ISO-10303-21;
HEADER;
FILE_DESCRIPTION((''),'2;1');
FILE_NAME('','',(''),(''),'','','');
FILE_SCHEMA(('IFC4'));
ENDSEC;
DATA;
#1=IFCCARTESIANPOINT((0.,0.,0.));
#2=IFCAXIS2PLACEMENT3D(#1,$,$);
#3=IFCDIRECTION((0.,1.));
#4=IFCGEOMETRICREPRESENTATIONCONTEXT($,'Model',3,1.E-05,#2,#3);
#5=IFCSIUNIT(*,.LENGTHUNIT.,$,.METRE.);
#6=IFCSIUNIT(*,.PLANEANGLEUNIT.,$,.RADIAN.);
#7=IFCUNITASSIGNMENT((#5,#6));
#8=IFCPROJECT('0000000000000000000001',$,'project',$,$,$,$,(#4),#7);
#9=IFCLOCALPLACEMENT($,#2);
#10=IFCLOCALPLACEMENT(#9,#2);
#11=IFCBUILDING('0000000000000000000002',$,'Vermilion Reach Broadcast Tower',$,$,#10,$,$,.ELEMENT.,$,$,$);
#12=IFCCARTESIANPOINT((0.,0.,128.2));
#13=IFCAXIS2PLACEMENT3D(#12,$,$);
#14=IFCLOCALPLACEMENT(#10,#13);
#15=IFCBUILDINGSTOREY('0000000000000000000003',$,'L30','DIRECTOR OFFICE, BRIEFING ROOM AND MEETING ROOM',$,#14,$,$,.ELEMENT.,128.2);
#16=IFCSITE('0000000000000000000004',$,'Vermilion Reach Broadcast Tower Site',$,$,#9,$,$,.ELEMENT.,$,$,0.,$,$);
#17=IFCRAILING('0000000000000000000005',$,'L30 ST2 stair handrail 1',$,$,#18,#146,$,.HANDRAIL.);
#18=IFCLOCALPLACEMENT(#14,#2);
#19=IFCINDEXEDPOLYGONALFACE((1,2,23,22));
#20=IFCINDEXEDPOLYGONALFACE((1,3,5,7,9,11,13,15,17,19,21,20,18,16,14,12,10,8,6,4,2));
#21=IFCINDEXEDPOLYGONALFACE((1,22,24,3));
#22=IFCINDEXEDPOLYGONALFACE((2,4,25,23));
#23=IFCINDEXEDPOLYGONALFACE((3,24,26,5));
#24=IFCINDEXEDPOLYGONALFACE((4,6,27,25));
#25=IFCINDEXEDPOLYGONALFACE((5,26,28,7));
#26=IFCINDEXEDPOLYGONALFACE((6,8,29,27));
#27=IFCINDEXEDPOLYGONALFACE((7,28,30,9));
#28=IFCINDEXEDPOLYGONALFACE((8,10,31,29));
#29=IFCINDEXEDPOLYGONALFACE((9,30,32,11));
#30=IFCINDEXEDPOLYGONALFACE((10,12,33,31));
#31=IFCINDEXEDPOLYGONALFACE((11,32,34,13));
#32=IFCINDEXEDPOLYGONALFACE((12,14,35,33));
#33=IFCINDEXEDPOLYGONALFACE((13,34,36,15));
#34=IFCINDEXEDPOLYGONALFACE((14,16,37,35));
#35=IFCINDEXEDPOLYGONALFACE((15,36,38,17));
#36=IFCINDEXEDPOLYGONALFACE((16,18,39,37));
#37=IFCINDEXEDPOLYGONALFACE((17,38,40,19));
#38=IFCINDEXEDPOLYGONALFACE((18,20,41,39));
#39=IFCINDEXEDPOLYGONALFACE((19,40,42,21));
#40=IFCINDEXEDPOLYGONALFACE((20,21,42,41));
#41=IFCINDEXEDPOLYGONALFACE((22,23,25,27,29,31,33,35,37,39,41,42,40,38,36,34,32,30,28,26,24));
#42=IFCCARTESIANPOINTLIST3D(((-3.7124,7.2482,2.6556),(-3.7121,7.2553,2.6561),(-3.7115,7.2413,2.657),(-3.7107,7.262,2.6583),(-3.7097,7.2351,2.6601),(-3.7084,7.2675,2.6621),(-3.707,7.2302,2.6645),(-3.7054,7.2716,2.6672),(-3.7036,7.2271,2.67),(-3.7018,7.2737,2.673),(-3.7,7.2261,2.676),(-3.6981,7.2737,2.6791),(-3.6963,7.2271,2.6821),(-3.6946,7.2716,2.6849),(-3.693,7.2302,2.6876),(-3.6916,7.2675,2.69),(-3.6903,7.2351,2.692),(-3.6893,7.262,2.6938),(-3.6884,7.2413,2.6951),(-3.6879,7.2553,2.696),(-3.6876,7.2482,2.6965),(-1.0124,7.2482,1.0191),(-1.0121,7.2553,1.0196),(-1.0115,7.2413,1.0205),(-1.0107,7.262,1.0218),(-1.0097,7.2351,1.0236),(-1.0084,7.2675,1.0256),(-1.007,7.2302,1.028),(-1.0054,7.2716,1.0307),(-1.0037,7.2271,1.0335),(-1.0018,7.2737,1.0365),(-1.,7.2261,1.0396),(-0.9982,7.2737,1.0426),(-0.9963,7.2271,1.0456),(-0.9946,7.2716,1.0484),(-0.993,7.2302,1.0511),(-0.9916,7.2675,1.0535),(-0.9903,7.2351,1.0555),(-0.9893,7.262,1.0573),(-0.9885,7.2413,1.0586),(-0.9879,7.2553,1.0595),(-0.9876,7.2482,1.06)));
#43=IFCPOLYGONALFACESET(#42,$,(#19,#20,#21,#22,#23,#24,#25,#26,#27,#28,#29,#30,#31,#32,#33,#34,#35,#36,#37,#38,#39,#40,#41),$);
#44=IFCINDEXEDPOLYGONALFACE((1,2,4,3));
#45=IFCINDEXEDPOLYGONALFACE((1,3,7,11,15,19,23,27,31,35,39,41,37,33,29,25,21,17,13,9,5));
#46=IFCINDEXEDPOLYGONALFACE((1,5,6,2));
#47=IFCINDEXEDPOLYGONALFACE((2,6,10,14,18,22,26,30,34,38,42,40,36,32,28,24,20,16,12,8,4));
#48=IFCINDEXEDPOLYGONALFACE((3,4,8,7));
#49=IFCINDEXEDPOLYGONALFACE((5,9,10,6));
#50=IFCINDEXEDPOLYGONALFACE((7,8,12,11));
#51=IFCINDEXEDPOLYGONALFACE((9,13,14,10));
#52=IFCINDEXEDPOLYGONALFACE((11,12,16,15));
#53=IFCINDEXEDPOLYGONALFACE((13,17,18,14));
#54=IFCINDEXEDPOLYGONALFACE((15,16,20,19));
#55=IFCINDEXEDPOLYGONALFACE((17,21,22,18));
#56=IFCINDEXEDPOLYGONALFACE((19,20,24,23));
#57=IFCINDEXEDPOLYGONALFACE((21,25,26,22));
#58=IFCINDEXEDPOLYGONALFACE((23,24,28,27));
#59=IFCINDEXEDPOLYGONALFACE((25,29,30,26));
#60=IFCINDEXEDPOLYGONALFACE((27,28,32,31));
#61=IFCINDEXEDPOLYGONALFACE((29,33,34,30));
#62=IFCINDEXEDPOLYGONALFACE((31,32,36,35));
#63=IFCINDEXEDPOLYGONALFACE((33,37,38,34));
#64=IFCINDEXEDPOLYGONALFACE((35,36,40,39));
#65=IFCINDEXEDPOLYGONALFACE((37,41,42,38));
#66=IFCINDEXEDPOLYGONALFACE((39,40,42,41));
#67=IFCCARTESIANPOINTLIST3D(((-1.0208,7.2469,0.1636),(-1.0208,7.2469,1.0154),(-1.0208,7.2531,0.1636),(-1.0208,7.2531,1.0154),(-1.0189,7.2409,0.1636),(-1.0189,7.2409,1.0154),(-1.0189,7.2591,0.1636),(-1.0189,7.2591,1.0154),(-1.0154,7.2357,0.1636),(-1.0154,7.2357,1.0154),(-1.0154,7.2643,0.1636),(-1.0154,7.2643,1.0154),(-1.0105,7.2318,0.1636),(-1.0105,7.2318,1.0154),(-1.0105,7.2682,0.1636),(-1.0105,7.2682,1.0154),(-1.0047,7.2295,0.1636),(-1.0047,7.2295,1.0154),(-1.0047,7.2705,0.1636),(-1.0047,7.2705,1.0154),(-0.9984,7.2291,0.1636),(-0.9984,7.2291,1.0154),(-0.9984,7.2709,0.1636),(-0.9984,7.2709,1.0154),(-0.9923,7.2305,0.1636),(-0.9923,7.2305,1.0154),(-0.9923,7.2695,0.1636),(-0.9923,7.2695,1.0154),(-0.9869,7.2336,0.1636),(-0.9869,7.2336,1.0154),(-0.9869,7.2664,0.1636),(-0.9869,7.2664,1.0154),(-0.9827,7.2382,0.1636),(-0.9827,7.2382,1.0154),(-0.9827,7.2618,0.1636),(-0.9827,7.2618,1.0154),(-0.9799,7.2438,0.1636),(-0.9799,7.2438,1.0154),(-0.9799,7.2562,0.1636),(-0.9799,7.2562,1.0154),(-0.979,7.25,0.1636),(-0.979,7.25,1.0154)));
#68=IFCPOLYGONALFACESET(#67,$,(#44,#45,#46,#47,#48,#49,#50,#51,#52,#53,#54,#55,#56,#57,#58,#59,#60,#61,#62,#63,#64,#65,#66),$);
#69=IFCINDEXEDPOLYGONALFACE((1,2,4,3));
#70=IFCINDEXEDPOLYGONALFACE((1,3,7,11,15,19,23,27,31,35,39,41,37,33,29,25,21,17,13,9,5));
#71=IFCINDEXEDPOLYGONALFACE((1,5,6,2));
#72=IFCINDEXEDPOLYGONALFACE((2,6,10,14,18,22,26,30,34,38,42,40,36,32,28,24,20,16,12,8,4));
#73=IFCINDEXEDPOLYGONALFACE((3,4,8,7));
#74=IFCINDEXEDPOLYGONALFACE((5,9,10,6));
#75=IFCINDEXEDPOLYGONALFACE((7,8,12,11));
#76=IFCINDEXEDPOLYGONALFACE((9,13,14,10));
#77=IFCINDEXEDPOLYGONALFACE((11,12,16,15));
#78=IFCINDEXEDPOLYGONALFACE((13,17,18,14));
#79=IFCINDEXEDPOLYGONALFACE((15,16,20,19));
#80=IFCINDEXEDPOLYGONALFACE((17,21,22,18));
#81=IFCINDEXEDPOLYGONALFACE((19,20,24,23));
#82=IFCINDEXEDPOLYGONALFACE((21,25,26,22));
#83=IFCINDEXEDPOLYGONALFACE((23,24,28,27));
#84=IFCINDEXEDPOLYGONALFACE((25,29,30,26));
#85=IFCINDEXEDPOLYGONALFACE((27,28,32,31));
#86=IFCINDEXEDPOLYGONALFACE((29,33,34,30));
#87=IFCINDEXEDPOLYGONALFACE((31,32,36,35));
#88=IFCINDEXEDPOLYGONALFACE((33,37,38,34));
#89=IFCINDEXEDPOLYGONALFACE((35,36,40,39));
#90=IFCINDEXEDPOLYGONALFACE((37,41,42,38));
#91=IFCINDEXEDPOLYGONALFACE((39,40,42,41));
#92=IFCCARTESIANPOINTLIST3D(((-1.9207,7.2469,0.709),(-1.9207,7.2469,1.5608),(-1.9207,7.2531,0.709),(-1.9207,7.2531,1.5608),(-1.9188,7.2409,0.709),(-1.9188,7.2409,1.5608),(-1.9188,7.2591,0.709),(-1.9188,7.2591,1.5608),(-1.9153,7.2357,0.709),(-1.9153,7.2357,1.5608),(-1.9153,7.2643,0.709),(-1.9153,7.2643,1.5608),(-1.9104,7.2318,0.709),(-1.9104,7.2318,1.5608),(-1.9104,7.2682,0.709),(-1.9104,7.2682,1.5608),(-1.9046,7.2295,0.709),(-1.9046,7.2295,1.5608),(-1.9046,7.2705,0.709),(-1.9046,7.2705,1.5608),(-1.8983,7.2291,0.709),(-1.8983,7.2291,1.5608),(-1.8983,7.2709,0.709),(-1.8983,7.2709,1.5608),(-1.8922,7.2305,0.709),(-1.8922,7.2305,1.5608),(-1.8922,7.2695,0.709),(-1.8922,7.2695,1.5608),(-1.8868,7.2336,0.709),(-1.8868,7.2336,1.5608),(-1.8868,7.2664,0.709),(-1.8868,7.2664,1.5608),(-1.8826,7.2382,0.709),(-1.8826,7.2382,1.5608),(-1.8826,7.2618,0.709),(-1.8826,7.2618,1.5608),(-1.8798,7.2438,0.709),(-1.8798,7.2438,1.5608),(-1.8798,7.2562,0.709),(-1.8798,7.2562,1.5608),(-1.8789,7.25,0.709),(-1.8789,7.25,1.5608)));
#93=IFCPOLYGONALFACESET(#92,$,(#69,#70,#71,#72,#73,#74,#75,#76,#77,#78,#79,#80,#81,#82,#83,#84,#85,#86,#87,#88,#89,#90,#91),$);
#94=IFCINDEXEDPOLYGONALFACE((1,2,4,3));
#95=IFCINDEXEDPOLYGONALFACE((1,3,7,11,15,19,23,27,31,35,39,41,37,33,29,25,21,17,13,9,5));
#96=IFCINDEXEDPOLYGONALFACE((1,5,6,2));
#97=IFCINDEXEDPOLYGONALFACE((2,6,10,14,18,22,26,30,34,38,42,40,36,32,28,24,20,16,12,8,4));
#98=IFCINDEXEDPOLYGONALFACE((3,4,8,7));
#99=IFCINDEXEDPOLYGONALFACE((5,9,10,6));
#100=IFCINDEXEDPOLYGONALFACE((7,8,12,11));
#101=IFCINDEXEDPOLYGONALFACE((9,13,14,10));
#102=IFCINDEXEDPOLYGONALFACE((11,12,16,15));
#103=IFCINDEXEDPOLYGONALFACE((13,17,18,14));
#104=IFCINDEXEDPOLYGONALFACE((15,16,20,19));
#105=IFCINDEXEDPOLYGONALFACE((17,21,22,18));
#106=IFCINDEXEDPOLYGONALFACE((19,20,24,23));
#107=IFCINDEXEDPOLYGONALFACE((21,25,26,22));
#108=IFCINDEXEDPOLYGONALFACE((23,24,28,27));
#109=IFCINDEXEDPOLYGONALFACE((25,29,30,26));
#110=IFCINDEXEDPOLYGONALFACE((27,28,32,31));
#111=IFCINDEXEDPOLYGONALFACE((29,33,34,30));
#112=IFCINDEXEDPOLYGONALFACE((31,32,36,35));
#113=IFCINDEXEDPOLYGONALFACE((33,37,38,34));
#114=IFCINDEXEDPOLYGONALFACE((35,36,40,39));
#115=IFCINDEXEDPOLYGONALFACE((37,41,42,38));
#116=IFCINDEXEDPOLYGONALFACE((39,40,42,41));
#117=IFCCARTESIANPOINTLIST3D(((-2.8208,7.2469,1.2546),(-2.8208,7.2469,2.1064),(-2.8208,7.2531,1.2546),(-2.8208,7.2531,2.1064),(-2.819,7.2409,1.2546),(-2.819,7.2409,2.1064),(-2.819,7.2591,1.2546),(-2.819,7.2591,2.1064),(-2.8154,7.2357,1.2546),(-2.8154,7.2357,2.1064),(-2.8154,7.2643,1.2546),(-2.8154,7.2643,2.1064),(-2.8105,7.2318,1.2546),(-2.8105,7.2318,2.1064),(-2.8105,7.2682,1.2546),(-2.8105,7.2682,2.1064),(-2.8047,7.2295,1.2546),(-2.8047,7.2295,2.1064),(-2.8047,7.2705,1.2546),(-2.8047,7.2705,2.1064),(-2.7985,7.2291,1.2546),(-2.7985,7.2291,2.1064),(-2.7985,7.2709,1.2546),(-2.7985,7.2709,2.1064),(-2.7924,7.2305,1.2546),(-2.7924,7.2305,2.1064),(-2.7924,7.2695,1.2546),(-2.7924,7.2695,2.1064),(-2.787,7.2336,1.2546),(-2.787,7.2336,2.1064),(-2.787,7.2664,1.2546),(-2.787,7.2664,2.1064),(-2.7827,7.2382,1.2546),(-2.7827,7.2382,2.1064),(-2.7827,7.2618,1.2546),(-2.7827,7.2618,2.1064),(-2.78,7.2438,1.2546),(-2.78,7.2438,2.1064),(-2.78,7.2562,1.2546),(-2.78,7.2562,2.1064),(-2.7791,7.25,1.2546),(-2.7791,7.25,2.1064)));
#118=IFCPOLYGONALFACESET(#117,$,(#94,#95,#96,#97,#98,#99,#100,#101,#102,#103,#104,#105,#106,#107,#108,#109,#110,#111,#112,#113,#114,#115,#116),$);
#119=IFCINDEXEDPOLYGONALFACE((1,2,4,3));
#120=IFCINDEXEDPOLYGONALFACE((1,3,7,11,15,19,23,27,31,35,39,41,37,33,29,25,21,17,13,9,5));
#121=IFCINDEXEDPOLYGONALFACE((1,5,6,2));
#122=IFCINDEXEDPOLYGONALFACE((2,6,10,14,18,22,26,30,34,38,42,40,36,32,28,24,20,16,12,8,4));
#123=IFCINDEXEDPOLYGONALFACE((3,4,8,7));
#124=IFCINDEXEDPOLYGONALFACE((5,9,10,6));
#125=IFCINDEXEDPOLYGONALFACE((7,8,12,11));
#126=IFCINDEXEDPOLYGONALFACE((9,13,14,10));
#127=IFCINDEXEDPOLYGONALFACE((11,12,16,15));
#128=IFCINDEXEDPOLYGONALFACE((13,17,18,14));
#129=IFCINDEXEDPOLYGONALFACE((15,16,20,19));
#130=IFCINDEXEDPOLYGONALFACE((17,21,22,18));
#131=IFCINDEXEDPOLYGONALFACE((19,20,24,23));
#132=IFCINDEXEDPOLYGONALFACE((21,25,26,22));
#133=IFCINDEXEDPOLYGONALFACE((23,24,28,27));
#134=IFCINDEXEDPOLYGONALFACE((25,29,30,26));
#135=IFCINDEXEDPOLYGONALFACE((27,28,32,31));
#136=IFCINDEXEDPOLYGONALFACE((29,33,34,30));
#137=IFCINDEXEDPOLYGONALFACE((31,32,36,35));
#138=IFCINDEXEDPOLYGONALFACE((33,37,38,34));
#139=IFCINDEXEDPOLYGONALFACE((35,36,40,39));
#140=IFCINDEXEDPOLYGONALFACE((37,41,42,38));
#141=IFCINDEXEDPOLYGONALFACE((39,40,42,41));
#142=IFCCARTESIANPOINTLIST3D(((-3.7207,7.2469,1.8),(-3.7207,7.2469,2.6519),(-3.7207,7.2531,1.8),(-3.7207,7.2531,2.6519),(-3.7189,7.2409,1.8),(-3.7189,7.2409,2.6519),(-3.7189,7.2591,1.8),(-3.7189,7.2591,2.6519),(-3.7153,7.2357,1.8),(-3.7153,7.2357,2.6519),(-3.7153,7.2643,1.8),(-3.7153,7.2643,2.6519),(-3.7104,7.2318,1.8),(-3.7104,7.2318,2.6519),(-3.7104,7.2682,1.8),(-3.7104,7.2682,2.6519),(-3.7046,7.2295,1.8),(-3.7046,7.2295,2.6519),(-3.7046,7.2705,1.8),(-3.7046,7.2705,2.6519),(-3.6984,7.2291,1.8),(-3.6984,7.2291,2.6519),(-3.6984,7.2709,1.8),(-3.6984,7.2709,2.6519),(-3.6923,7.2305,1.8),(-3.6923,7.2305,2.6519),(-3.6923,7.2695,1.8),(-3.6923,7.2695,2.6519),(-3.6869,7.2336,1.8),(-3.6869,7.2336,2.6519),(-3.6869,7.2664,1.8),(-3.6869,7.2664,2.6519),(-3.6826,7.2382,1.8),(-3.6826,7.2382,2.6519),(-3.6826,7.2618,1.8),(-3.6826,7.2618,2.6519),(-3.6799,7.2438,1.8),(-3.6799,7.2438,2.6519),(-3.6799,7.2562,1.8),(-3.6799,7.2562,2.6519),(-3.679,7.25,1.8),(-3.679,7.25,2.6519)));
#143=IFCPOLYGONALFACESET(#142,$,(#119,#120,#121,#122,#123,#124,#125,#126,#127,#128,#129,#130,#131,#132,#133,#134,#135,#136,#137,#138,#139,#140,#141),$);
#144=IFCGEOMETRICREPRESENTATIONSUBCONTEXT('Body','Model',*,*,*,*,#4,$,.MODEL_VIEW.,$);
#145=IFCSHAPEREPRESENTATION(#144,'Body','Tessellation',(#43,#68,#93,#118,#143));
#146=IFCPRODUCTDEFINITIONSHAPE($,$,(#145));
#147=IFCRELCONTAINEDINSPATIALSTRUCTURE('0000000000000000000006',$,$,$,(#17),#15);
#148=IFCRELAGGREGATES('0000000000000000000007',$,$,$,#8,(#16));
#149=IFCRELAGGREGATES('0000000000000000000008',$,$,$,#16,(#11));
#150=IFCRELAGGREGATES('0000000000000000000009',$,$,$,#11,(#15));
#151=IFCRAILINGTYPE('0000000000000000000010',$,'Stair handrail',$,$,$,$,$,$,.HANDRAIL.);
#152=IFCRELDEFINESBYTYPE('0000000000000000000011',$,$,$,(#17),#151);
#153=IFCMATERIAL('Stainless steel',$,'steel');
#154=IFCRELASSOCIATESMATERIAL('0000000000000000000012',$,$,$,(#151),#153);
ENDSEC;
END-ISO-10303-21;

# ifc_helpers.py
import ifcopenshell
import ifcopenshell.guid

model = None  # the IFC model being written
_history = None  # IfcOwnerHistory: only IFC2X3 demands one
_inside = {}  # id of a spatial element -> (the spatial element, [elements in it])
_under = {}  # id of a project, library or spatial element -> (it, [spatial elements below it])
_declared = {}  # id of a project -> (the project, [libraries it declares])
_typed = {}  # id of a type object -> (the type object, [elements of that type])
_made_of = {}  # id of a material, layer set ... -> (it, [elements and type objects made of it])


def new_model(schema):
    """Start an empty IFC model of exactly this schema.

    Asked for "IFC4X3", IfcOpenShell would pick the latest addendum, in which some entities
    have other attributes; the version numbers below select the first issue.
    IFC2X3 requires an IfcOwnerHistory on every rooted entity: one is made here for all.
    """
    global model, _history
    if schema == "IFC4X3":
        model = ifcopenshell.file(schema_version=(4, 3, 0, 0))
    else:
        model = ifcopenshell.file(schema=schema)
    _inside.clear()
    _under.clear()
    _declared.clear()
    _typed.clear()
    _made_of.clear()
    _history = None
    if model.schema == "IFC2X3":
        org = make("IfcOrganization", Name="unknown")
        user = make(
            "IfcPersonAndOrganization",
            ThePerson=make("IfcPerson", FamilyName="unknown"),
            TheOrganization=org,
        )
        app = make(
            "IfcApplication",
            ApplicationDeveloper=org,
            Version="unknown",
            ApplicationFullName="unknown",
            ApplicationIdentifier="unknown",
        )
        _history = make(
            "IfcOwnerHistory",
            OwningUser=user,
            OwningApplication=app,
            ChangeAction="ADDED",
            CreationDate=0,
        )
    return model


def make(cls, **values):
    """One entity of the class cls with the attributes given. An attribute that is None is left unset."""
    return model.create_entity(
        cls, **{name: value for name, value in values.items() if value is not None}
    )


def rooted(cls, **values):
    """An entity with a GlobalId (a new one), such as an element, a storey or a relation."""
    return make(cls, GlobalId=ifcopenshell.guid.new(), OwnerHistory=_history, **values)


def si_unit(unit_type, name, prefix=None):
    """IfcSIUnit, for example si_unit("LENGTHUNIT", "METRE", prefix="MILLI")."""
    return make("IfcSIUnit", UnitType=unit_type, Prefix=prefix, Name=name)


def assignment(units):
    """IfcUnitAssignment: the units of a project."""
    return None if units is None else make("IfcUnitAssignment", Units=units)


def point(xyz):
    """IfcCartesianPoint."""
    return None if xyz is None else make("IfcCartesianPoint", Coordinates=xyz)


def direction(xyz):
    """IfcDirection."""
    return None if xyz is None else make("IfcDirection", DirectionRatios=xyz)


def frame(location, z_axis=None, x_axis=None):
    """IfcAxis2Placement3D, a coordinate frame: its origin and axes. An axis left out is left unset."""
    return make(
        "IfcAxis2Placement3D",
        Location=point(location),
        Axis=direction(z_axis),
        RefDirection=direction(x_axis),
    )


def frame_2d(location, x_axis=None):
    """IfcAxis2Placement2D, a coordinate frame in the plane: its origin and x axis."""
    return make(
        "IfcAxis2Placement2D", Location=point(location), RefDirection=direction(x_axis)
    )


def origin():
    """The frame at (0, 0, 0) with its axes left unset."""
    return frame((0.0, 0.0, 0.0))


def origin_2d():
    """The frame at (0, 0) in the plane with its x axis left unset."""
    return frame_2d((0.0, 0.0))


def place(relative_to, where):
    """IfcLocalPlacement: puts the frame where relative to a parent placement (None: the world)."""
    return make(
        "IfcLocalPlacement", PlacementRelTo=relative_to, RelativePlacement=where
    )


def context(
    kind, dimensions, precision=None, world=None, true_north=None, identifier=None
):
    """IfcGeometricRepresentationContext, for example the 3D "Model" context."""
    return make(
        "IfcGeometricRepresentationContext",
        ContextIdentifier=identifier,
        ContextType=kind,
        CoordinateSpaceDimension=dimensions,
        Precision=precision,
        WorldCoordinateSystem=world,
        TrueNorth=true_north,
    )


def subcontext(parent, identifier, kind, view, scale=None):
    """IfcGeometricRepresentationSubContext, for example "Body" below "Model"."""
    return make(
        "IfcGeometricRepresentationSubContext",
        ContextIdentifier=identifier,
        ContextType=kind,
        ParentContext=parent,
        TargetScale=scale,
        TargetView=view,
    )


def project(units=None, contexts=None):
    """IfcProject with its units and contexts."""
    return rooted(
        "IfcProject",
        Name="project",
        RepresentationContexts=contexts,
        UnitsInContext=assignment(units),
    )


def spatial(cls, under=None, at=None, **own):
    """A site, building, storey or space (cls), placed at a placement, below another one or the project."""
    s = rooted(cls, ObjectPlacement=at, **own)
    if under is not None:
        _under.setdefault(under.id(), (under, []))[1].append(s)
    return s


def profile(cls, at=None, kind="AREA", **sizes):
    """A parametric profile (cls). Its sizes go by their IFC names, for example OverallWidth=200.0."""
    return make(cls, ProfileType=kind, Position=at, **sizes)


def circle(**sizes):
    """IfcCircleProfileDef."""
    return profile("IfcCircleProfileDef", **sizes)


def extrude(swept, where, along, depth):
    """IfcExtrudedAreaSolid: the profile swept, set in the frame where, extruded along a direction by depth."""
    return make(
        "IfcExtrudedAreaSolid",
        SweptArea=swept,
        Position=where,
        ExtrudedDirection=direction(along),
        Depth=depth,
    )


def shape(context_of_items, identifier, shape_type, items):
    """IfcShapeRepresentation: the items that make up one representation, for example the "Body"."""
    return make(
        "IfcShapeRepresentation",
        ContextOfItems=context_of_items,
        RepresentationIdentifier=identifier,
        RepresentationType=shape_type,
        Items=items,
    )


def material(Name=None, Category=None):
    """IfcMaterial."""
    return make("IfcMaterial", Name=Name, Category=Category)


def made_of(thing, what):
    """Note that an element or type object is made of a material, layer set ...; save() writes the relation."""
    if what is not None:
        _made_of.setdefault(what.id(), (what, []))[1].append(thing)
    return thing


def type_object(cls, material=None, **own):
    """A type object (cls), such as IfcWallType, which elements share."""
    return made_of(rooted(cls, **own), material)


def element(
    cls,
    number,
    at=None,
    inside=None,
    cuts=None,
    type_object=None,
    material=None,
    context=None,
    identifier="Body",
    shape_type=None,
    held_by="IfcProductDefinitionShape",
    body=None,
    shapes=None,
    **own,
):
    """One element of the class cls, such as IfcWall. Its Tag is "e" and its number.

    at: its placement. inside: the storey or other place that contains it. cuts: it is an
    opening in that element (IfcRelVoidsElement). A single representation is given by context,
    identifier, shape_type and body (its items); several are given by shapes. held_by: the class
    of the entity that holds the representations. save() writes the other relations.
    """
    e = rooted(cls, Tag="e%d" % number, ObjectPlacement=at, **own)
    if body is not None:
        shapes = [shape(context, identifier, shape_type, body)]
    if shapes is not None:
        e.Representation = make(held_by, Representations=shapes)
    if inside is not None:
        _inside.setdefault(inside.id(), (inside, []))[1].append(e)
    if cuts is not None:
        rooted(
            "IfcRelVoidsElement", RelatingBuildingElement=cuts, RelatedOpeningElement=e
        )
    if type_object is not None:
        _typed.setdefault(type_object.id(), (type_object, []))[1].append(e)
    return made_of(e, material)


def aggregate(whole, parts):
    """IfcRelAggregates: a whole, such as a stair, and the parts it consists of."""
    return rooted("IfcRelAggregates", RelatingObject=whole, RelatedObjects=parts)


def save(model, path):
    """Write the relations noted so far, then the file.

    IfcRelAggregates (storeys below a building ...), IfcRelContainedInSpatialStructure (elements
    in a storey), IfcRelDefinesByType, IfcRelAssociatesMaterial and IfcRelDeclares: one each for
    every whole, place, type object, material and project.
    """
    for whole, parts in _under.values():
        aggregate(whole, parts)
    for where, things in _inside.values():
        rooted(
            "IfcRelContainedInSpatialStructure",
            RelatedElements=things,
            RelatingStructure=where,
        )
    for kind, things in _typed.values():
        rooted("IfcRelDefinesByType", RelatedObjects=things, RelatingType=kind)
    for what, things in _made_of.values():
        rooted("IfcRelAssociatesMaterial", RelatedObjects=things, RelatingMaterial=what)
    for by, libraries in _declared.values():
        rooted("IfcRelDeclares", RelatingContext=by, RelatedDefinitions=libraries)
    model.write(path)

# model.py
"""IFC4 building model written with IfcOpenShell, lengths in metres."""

from ifc_helpers import new_model, si_unit, direction, frame, origin, origin_2d, place, context, subcontext, project, spatial, circle, extrude, material, type_object, element, save


model = new_model("IFC4")

# Units and contexts
model_context = context("Model", 3, precision=1e-05, world=origin(), true_north=direction((0.0, 1.0)))
body_context = subcontext(model_context, "Body", "Model", "MODEL_VIEW")
ifc_project = project(units=[si_unit("LENGTHUNIT", "METRE"), si_unit("PLANEANGLEUNIT", "RADIAN")], contexts=[model_context])

# Site, building, storey
site_placement = place(None, origin())
site = spatial("IfcSite", under=ifc_project, at=site_placement, Name="Vermilion Reach Broadcast Tower Site", CompositionType="ELEMENT", RefElevation=0.0)
building_placement = place(site_placement, origin())
building = spatial("IfcBuilding", under=site, at=building_placement, Name="Vermilion Reach Broadcast Tower", CompositionType="ELEMENT")
storey_placement = place(building_placement, frame((0.0, 0.0, 128.2)))
storey = spatial("IfcBuildingStorey", under=building, at=storey_placement, Name="L30", Description="DIRECTOR OFFICE, BRIEFING ROOM AND MEETING ROOM", CompositionType="ELEMENT", Elevation=128.2)

# Railing
ifc_material_1 = material(Name="Stainless steel", Category="steel")
railing_type_1 = type_object("IfcRailingType", Name="Stair handrail", PredefinedType="HANDRAIL", material=ifc_material_1)
railing_1_placement = place(storey_placement, frame((-1.0, 7.25, 0.1636)))
element("IfcRailing", 1, at=railing_1_placement, inside=storey, type_object=railing_type_1, Name="L30 ST2 stair handrail 1", PredefinedType="HANDRAIL", context=body_context, shape_type="SweptSolid", body=[
    extrude(circle(Radius=0.0239, at=origin_2d()), frame((0.0, 0.0, 0.876), z_axis=(-0.855178, 0.0, 0.518334), x_axis=(0.0, -1.0, 0.0)), (0.0, 0.0, 1.0), 3.1572),
    extrude(circle(Radius=0.021, at=origin_2d()), origin(), (0.0, 0.0, 1.0), 0.8518),
    extrude(circle(Radius=0.021, at=origin_2d()), frame((-0.8999, 0.0, 0.5454)), (0.0, 0.0, 1.0), 0.8518),
    extrude(circle(Radius=0.021, at=origin_2d()), frame((-1.8, 0.0, 1.0911)), (0.0, 0.0, 1.0), 0.8518),
    extrude(circle(Radius=0.021, at=origin_2d()), frame((-2.7, 0.0, 1.6365)), (0.0, 0.0, 1.0), 0.8518),
])

save(model, "model.ifc")
